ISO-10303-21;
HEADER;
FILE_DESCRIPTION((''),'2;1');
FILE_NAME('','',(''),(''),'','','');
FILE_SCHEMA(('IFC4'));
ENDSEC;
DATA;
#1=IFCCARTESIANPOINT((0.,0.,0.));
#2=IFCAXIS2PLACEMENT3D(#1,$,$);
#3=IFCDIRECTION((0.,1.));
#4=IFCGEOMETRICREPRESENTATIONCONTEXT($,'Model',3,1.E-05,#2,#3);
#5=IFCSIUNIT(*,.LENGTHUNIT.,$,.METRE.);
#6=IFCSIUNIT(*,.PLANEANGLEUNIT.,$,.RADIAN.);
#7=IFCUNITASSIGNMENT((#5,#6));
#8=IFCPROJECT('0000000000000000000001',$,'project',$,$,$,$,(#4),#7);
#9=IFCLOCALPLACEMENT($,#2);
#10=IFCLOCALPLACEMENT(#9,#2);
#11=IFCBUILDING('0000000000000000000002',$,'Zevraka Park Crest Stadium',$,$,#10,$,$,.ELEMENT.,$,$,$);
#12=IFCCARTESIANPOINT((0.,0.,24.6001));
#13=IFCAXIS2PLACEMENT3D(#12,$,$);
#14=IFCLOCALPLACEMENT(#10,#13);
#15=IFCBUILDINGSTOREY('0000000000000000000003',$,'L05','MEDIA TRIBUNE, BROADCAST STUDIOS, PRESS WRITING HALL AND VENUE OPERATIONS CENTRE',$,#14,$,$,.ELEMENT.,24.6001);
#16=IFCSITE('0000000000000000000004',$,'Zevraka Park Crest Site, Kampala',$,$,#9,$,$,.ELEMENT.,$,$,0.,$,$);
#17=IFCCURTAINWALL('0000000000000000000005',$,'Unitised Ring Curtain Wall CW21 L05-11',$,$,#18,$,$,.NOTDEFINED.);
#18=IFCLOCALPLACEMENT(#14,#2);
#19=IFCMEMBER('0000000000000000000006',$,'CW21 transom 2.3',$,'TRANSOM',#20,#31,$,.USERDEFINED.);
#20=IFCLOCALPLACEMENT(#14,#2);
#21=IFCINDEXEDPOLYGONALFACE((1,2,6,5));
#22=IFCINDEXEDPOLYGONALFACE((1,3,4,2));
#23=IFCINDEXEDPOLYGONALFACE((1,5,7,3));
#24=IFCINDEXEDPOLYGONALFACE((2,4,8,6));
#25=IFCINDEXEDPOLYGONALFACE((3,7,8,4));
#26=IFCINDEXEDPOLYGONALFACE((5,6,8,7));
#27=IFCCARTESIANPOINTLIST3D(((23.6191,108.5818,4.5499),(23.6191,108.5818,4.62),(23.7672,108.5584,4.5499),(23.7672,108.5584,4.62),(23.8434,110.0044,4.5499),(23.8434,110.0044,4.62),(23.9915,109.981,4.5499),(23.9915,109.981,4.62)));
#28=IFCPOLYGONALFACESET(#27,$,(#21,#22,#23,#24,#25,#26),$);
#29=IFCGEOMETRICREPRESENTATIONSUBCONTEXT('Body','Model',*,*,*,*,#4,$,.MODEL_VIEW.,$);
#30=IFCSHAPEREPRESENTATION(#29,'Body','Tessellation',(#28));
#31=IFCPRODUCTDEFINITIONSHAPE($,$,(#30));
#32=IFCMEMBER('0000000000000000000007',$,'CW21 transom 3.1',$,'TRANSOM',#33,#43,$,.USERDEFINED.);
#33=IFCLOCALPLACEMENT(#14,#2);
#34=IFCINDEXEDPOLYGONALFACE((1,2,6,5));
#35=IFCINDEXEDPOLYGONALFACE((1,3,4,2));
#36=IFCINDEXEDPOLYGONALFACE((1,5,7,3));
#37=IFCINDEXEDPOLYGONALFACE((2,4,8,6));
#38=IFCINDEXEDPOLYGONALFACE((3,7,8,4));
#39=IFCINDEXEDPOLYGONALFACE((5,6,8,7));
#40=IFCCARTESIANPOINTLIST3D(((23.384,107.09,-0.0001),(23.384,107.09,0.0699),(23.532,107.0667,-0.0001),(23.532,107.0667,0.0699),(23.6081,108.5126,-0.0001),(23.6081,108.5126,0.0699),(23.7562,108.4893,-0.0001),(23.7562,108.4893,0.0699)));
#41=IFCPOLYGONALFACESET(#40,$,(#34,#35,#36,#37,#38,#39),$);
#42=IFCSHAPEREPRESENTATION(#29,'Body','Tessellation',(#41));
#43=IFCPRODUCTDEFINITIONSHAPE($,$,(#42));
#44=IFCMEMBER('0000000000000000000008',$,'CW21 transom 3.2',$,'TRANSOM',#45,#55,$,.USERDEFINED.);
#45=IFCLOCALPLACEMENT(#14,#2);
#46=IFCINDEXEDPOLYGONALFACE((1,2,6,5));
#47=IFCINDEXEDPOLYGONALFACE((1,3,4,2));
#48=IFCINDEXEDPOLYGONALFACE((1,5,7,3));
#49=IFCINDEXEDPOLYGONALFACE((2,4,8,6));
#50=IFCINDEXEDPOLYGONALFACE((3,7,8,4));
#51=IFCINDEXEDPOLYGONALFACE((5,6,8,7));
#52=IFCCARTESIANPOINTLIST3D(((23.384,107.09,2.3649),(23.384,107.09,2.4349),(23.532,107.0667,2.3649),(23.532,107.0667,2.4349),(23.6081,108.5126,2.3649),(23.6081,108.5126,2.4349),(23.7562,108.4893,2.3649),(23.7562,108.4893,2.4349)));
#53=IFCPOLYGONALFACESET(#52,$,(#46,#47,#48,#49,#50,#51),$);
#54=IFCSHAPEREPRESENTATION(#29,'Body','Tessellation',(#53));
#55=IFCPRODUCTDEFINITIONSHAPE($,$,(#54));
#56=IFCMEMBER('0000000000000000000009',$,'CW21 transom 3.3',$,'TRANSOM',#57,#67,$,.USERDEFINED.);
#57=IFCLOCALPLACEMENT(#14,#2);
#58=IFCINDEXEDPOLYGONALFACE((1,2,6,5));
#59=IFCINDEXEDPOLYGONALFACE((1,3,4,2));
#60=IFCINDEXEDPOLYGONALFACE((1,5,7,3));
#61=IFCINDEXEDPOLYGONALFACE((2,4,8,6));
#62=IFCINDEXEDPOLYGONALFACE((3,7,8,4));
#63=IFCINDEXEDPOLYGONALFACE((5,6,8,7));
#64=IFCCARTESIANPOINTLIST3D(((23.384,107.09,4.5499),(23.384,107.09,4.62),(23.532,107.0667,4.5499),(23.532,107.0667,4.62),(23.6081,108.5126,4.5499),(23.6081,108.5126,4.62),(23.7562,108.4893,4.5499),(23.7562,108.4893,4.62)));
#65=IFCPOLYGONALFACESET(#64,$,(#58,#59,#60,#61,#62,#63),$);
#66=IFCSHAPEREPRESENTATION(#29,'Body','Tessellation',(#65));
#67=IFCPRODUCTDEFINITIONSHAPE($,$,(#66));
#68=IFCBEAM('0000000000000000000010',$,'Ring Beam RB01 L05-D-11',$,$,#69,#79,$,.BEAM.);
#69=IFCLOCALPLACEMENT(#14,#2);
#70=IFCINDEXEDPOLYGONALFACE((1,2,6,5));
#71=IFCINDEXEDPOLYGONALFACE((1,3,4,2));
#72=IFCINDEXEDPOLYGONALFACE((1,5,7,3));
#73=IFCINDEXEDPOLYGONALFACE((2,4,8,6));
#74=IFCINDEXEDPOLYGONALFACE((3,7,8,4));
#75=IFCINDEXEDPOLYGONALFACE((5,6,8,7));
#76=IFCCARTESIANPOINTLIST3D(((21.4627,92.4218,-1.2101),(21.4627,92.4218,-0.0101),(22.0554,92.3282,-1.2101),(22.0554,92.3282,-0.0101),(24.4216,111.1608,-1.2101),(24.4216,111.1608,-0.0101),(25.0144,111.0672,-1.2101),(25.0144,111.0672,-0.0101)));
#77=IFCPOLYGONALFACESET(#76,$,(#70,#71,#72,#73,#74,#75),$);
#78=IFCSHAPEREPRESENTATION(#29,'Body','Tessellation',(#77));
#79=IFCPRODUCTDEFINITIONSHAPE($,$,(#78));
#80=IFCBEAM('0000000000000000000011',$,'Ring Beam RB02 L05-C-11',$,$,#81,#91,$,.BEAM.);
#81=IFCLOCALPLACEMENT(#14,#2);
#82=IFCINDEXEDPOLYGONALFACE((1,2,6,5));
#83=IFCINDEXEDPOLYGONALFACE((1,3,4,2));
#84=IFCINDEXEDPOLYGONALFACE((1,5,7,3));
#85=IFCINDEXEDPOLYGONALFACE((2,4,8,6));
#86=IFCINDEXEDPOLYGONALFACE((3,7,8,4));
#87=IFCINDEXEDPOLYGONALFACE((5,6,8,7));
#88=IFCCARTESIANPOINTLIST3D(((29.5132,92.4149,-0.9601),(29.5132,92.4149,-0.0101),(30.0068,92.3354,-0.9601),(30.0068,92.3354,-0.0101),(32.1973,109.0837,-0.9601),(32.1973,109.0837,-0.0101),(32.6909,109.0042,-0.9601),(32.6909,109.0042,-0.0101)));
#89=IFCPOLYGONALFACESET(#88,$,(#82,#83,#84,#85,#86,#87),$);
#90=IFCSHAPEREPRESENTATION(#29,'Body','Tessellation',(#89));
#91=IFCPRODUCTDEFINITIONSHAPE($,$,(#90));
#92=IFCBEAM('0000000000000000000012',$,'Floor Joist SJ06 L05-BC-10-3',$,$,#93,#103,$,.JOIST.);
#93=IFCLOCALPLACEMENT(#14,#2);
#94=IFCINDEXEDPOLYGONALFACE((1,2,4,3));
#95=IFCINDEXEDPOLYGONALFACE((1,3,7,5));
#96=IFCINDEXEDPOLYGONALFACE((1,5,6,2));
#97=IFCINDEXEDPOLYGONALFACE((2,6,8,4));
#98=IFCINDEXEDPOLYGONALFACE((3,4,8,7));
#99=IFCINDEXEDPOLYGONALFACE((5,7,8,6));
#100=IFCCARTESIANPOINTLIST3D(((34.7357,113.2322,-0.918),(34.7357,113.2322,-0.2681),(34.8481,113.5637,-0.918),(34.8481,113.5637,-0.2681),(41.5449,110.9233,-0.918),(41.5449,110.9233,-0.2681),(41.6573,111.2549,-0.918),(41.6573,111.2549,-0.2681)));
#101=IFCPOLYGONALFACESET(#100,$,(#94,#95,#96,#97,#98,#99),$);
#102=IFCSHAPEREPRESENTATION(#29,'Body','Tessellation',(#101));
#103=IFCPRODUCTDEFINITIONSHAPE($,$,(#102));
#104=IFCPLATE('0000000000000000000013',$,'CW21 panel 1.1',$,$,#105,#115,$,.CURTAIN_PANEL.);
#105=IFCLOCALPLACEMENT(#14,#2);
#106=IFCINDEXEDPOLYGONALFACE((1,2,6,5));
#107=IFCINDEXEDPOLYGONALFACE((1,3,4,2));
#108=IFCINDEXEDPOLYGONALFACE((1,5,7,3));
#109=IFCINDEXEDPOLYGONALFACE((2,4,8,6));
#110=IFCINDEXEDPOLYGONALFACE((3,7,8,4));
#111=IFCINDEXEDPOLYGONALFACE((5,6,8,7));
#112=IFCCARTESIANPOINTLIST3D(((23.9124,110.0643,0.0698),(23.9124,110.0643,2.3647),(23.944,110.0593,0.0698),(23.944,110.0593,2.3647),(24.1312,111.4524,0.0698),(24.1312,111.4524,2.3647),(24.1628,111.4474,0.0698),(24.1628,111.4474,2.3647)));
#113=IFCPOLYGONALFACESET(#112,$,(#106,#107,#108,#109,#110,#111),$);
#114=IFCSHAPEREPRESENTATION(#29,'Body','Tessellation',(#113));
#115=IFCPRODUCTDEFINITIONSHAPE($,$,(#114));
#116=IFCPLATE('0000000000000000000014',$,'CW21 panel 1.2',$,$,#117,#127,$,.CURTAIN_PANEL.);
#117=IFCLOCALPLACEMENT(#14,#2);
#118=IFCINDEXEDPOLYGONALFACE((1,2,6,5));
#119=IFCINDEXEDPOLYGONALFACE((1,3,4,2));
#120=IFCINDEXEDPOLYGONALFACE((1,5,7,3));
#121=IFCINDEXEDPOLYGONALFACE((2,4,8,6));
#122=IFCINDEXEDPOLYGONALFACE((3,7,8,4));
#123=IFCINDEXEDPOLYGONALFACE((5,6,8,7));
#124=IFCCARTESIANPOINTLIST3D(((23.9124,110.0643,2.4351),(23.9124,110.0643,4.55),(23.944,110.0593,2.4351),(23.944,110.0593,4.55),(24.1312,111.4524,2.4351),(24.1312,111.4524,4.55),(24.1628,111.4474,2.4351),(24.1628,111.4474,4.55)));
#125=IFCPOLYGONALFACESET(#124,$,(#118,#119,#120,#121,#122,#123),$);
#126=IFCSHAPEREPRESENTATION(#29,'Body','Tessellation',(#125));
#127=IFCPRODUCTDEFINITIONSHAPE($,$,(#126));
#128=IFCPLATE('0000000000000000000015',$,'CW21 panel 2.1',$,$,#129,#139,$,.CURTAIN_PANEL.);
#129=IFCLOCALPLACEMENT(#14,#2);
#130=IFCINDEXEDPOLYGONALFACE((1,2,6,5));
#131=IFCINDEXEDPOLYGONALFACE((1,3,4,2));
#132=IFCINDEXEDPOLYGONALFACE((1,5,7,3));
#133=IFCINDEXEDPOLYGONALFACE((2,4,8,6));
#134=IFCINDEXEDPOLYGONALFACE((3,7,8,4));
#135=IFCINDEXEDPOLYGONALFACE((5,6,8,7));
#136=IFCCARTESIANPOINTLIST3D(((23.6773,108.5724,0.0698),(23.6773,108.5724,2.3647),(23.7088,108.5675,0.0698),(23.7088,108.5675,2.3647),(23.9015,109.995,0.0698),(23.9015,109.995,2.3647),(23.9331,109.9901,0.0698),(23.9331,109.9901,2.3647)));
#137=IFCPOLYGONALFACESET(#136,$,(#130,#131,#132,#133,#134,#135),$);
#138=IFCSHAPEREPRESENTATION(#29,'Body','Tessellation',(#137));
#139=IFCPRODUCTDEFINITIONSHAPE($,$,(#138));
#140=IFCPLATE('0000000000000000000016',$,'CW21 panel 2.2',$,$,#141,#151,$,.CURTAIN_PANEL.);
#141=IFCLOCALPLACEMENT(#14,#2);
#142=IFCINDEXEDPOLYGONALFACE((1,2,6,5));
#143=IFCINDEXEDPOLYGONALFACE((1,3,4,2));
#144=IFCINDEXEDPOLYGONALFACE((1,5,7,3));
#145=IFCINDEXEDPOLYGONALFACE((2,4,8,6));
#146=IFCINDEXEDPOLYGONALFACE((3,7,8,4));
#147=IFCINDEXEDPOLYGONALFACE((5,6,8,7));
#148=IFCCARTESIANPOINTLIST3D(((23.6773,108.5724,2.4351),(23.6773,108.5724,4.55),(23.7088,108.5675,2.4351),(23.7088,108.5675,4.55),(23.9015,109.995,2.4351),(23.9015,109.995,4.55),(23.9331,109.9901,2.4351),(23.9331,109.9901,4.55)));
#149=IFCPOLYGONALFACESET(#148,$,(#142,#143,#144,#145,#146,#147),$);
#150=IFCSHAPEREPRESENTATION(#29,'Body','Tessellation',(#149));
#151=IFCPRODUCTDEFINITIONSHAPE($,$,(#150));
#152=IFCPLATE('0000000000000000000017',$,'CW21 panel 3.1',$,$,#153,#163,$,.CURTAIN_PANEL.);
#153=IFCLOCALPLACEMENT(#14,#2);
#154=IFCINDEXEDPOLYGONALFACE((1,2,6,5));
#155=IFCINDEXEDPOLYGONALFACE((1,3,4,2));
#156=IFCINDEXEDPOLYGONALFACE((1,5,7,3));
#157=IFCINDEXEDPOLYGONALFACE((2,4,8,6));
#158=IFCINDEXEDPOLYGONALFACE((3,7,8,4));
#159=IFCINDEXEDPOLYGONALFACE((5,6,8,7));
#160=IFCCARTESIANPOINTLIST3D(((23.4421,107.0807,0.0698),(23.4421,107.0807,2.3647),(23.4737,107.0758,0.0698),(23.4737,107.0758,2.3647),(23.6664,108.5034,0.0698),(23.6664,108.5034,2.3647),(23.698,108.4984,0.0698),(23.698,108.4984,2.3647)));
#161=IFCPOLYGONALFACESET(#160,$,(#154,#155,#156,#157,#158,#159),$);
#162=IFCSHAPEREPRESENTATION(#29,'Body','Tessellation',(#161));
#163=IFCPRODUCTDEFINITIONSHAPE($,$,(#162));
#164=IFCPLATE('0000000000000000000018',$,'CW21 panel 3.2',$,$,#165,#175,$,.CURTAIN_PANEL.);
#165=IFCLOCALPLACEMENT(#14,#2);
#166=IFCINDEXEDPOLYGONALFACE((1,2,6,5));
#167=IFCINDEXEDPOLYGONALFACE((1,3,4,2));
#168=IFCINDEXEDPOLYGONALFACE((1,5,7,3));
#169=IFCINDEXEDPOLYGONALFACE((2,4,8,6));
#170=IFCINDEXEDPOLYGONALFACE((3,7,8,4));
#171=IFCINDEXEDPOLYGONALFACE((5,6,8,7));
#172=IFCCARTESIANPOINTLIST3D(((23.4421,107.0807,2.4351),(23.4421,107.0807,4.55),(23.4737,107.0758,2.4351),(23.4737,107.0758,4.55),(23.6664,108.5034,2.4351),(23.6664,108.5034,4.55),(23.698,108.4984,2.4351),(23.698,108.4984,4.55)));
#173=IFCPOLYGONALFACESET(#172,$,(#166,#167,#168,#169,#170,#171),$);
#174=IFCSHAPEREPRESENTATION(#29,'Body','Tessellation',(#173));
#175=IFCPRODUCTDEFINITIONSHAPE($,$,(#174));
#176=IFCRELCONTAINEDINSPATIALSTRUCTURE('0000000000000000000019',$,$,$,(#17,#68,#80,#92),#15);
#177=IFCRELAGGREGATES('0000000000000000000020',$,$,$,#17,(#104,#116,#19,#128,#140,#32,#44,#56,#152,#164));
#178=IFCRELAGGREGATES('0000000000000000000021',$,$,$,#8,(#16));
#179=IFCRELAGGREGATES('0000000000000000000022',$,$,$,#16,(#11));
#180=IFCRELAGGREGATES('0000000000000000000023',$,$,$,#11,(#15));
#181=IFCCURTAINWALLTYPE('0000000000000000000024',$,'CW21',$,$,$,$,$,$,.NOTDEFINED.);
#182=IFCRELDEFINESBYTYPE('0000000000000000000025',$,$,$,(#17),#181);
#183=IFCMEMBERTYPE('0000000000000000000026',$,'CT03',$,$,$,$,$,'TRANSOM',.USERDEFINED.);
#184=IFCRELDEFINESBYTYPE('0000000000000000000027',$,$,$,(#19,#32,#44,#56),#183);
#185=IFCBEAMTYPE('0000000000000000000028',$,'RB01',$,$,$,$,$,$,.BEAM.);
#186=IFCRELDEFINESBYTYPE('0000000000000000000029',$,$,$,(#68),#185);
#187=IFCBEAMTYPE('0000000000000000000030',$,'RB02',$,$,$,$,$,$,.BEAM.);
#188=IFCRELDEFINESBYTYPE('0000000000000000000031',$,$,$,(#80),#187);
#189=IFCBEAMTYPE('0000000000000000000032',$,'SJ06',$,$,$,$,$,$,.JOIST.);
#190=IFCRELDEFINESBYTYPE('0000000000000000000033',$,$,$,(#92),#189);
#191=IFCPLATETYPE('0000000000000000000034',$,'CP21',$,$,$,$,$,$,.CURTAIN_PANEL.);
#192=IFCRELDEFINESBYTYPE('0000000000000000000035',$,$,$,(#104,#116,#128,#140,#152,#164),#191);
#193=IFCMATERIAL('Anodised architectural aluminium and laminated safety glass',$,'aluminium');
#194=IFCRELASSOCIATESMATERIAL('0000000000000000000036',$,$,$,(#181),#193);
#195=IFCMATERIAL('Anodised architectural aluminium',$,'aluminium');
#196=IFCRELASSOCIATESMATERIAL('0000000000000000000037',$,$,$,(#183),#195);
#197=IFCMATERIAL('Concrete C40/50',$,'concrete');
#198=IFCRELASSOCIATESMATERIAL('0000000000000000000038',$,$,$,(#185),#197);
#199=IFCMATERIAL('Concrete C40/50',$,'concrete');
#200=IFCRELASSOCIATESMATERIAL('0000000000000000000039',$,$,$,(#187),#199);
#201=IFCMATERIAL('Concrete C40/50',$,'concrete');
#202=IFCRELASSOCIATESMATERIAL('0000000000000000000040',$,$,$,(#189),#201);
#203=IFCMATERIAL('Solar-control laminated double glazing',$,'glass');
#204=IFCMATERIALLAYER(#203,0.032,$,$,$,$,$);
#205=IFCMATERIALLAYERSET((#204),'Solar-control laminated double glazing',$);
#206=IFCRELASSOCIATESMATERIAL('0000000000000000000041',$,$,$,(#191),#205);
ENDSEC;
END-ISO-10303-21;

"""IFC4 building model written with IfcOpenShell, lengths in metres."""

from ifc_helpers import new_model, si_unit, direction, frame, origin, origin_2d, place, context, subcontext, project, spatial, rectangle, extrude, material, layer, layer_set, material_profile, profile_set, type_object, element, aggregate, save


model = new_model("IFC4")

# Units and contexts
model_context = context("Model", 3, precision=1e-05, world=origin(), true_north=direction((0.0, 1.0)))
body_context = subcontext(model_context, "Body", "Model", "MODEL_VIEW")
ifc_project = project(units=[si_unit("LENGTHUNIT", "METRE"), si_unit("PLANEANGLEUNIT", "RADIAN")], contexts=[model_context])

# Site, building, storey
site_placement = place(None, origin())
site = spatial("IfcSite", under=ifc_project, at=site_placement, Name="Zevraka Park Crest Site, Kampala", CompositionType="ELEMENT", RefElevation=0.0)
building_placement = place(site_placement, origin())
building = spatial("IfcBuilding", under=site, at=building_placement, Name="Zevraka Park Crest Stadium", CompositionType="ELEMENT")
storey_placement = place(building_placement, frame((0.0, 0.0, 24.6001)))
storey = spatial("IfcBuildingStorey", under=building, at=storey_placement, Name="L05", Description="MEDIA TRIBUNE, BROADCAST STUDIOS, PRESS WRITING HALL AND VENUE OPERATIONS CENTRE", CompositionType="ELEMENT", Elevation=24.6001)

# Curtain wall, members
ifc_material_1 = material(Name="Anodised architectural aluminium and laminated safety glass", Category="aluminium")
curtain_wall_type_1 = type_object("IfcCurtainWallType", Name="CW21", PredefinedType="NOTDEFINED", material=ifc_material_1)
curtain_wall_1_placement = place(storey_placement, origin())
curtain_wall_1 = element("IfcCurtainWall", 1, at=curtain_wall_1_placement, inside=storey, type_object=curtain_wall_type_1, Name="Unitised Ring Curtain Wall CW21 L05-11", PredefinedType="NOTDEFINED")
ifc_material_2 = material(Name="Anodised architectural aluminium", Category="aluminium")
ifc_material_profile_1 = material_profile(ifc_material_2, rectangle(XDim=0.1499, YDim=0.0701, at=origin_2d()), Name="ALU TRANSOM 150x70")
ifc_profile_set_1 = profile_set([ifc_material_profile_1], Name="Anodised architectural aluminium")
member_type_1 = type_object("IfcMemberType", Name="CT03", ElementType="TRANSOM", PredefinedType="USERDEFINED", material=ifc_profile_set_1)
member_1_placement = place(storey_placement, frame((23.9175, 109.9927, 4.585), z_axis=(-0.155788, -0.98779, 0.0), x_axis=(0.98779, -0.155788, 0.0)))
member_1 = element("IfcMember", 2, at=member_1_placement, type_object=member_type_1, Name="CW21 transom 2.3", ObjectType="TRANSOM", PredefinedType="USERDEFINED", context=body_context, shape_type="SweptSolid", body=[
    extrude(rectangle(XDim=0.1499, YDim=0.0701, at=origin_2d()), origin(), (0.0, 0.0, 1.0), 1.4402),
])
member_2_placement = place(storey_placement, frame((23.6821, 108.501, 0.0349), z_axis=(-0.155623, -0.987817, 0.0), x_axis=(0.987817, -0.155623, 0.0)))
member_2 = element("IfcMember", 3, at=member_2_placement, type_object=member_type_1, Name="CW21 transom 3.1", ObjectType="TRANSOM", PredefinedType="USERDEFINED", context=body_context, shape_type="SweptSolid", body=[
    extrude(rectangle(XDim=0.1499, YDim=0.0701, at=origin_2d()), origin(), (0.0, 0.0, 1.0), 1.4402),
])
member_3_placement = place(storey_placement, frame((23.6821, 108.501, 2.3999), z_axis=(-0.155623, -0.987817, 0.0), x_axis=(0.987817, -0.155623, 0.0)))
member_3 = element("IfcMember", 4, at=member_3_placement, type_object=member_type_1, Name="CW21 transom 3.2", ObjectType="TRANSOM", PredefinedType="USERDEFINED", context=body_context, shape_type="SweptSolid", body=[
    extrude(rectangle(XDim=0.1499, YDim=0.0701, at=origin_2d()), origin(), (0.0, 0.0, 1.0), 1.4402),
])
member_4_placement = place(storey_placement, frame((23.6821, 108.501, 4.585), z_axis=(-0.155623, -0.987817, 0.0), x_axis=(0.987817, -0.155623, 0.0)))
member_4 = element("IfcMember", 5, at=member_4_placement, type_object=member_type_1, Name="CW21 transom 3.3", ObjectType="TRANSOM", PredefinedType="USERDEFINED", context=body_context, shape_type="SweptSolid", body=[
    extrude(rectangle(XDim=0.1499, YDim=0.0701, at=origin_2d()), origin(), (0.0, 0.0, 1.0), 1.4402),
])

# Beams
ifc_material_3 = material(Name="Concrete C40/50", Category="concrete")
ifc_material_profile_2 = material_profile(ifc_material_3, rectangle(XDim=0.6001, YDim=1.2, at=origin_2d()), Name="RC 1200x600")
ifc_profile_set_2 = profile_set([ifc_material_profile_2], Name="Concrete C40/50")
beam_type_1 = type_object("IfcBeamType", Name="RB01", PredefinedType="BEAM", material=ifc_profile_set_2)
beam_1_placement = place(storey_placement, frame((24.718, 111.114, -0.6101), z_axis=(-0.155972, -0.987761, 0.0), x_axis=(0.987761, -0.155972, 0.0)))
element("IfcBeam", 6, at=beam_1_placement, inside=storey, type_object=beam_type_1, Name="Ring Beam RB01 L05-D-11", PredefinedType="BEAM", context=body_context, shape_type="SweptSolid", body=[
    extrude(rectangle(XDim=0.6001, YDim=1.2, at=origin_2d()), origin(), (0.0, 0.0, 1.0), 18.9712),
])
ifc_material_4 = material(Name="Concrete C40/50", Category="concrete")
ifc_material_profile_3 = material_profile(ifc_material_4, rectangle(XDim=0.5, YDim=0.95, at=origin_2d()), Name="RC 950x500")
ifc_profile_set_3 = profile_set([ifc_material_profile_3], Name="Concrete C40/50")
beam_type_2 = type_object("IfcBeamType", Name="RB02", PredefinedType="BEAM", material=ifc_profile_set_3)
beam_2_placement = place(storey_placement, frame((32.4441, 109.0439, -0.4851), z_axis=(-0.158975, -0.987283, 0.0), x_axis=(0.987283, -0.158975, 0.0)))
element("IfcBeam", 7, at=beam_2_placement, inside=storey, type_object=beam_type_2, Name="Ring Beam RB02 L05-C-11", PredefinedType="BEAM", context=body_context, shape_type="SweptSolid", body=[
    extrude(rectangle(XDim=0.5, YDim=0.95, at=origin_2d()), origin(), (0.0, 0.0, 1.0), 16.8835),
])
ifc_material_5 = material(Name="Concrete C40/50", Category="concrete")
ifc_material_profile_4 = material_profile(ifc_material_5, rectangle(XDim=0.3501, YDim=0.6499, at=origin_2d()), Name="RC 650x350")
ifc_profile_set_4 = profile_set([ifc_material_profile_4], Name="Concrete C40/50")
beam_type_3 = type_object("IfcBeamType", Name="SJ06", PredefinedType="JOIST", material=ifc_profile_set_4)
beam_3_placement = place(storey_placement, frame((41.6011, 111.0891, -0.593), z_axis=(-0.947037, 0.321123, 0.0), x_axis=(-0.321123, -0.947037, 0.0)))
element("IfcBeam", 8, at=beam_3_placement, inside=storey, type_object=beam_type_3, Name="Floor Joist SJ06 L05-BC-10-3", PredefinedType="JOIST", context=body_context, shape_type="SweptSolid", body=[
    extrude(rectangle(XDim=0.3501, YDim=0.6499, at=origin_2d()), origin(), (0.0, 0.0, 1.0), 7.1899),
])

# Plates
ifc_material_6 = material(Name="Solar-control laminated double glazing", Category="glass")
ifc_layer_1 = layer(ifc_material_6, 0.032)
ifc_layer_set_1 = layer_set([ifc_layer_1], Name="Solar-control laminated double glazing")
plate_type = type_object("IfcPlateType", Name="CP21", PredefinedType="CURTAIN_PANEL", material=ifc_layer_set_1)
plate_1_placement = place(storey_placement, frame((24.0376, 110.7559, 0.0698), z_axis=(0.0, 0.0, 1.0), x_axis=(-0.155711, -0.987803, 0.0)))
plate_1 = element("IfcPlate", 9, at=plate_1_placement, type_object=plate_type, Name="CW21 panel 1.1", PredefinedType="CURTAIN_PANEL", context=body_context, shape_type="SweptSolid", body=[
    extrude(rectangle(XDim=1.4053, YDim=0.032, at=origin_2d()), origin(), (0.0, 0.0, 1.0), 2.2949),
])
plate_2_placement = place(storey_placement, frame((24.0376, 110.7559, 2.4351), z_axis=(0.0, 0.0, 1.0), x_axis=(-0.155711, -0.987803, 0.0)))
plate_2 = element("IfcPlate", 10, at=plate_2_placement, type_object=plate_type, Name="CW21 panel 1.2", PredefinedType="CURTAIN_PANEL", context=body_context, shape_type="SweptSolid", body=[
    extrude(rectangle(XDim=1.4053, YDim=0.032, at=origin_2d()), origin(), (0.0, 0.0, 1.0), 2.115),
])
plate_3_placement = place(storey_placement, frame((23.8052, 109.2812, 0.0698), z_axis=(0.0, 0.0, 1.0), x_axis=(-0.155711, -0.987803, 0.0)))
plate_3 = element("IfcPlate", 11, at=plate_3_placement, type_object=plate_type, Name="CW21 panel 2.1", PredefinedType="CURTAIN_PANEL", context=body_context, shape_type="SweptSolid", body=[
    extrude(rectangle(XDim=1.4402, YDim=0.032, at=origin_2d()), origin(), (0.0, 0.0, 1.0), 2.2949),
])
plate_4_placement = place(storey_placement, frame((23.8052, 109.2812, 2.4351), z_axis=(0.0, 0.0, 1.0), x_axis=(-0.155711, -0.987803, 0.0)))
plate_4 = element("IfcPlate", 12, at=plate_4_placement, type_object=plate_type, Name="CW21 panel 2.2", PredefinedType="CURTAIN_PANEL", context=body_context, shape_type="SweptSolid", body=[
    extrude(rectangle(XDim=1.4402, YDim=0.032, at=origin_2d()), origin(), (0.0, 0.0, 1.0), 2.115),
])
plate_5_placement = place(storey_placement, frame((23.5701, 107.7896, 0.0698), z_axis=(0.0, 0.0, 1.0), x_axis=(-0.155711, -0.987803, 0.0)))
plate_5 = element("IfcPlate", 13, at=plate_5_placement, type_object=plate_type, Name="CW21 panel 3.1", PredefinedType="CURTAIN_PANEL", context=body_context, shape_type="SweptSolid", body=[
    extrude(rectangle(XDim=1.4402, YDim=0.032, at=origin_2d()), origin(), (0.0, 0.0, 1.0), 2.2949),
])
plate_6_placement = place(storey_placement, frame((23.5701, 107.7896, 2.4351), z_axis=(0.0, 0.0, 1.0), x_axis=(-0.155711, -0.987803, 0.0)))
plate_6 = element("IfcPlate", 14, at=plate_6_placement, type_object=plate_type, Name="CW21 panel 3.2", PredefinedType="CURTAIN_PANEL", context=body_context, shape_type="SweptSolid", body=[
    extrude(rectangle(XDim=1.4402, YDim=0.032, at=origin_2d()), origin(), (0.0, 0.0, 1.0), 2.115),
])
aggregate(curtain_wall_1, [plate_1, plate_2, member_1, plate_3, plate_4, member_2, member_3, member_4, plate_5, plate_6])

save(model, "model.ifc")
